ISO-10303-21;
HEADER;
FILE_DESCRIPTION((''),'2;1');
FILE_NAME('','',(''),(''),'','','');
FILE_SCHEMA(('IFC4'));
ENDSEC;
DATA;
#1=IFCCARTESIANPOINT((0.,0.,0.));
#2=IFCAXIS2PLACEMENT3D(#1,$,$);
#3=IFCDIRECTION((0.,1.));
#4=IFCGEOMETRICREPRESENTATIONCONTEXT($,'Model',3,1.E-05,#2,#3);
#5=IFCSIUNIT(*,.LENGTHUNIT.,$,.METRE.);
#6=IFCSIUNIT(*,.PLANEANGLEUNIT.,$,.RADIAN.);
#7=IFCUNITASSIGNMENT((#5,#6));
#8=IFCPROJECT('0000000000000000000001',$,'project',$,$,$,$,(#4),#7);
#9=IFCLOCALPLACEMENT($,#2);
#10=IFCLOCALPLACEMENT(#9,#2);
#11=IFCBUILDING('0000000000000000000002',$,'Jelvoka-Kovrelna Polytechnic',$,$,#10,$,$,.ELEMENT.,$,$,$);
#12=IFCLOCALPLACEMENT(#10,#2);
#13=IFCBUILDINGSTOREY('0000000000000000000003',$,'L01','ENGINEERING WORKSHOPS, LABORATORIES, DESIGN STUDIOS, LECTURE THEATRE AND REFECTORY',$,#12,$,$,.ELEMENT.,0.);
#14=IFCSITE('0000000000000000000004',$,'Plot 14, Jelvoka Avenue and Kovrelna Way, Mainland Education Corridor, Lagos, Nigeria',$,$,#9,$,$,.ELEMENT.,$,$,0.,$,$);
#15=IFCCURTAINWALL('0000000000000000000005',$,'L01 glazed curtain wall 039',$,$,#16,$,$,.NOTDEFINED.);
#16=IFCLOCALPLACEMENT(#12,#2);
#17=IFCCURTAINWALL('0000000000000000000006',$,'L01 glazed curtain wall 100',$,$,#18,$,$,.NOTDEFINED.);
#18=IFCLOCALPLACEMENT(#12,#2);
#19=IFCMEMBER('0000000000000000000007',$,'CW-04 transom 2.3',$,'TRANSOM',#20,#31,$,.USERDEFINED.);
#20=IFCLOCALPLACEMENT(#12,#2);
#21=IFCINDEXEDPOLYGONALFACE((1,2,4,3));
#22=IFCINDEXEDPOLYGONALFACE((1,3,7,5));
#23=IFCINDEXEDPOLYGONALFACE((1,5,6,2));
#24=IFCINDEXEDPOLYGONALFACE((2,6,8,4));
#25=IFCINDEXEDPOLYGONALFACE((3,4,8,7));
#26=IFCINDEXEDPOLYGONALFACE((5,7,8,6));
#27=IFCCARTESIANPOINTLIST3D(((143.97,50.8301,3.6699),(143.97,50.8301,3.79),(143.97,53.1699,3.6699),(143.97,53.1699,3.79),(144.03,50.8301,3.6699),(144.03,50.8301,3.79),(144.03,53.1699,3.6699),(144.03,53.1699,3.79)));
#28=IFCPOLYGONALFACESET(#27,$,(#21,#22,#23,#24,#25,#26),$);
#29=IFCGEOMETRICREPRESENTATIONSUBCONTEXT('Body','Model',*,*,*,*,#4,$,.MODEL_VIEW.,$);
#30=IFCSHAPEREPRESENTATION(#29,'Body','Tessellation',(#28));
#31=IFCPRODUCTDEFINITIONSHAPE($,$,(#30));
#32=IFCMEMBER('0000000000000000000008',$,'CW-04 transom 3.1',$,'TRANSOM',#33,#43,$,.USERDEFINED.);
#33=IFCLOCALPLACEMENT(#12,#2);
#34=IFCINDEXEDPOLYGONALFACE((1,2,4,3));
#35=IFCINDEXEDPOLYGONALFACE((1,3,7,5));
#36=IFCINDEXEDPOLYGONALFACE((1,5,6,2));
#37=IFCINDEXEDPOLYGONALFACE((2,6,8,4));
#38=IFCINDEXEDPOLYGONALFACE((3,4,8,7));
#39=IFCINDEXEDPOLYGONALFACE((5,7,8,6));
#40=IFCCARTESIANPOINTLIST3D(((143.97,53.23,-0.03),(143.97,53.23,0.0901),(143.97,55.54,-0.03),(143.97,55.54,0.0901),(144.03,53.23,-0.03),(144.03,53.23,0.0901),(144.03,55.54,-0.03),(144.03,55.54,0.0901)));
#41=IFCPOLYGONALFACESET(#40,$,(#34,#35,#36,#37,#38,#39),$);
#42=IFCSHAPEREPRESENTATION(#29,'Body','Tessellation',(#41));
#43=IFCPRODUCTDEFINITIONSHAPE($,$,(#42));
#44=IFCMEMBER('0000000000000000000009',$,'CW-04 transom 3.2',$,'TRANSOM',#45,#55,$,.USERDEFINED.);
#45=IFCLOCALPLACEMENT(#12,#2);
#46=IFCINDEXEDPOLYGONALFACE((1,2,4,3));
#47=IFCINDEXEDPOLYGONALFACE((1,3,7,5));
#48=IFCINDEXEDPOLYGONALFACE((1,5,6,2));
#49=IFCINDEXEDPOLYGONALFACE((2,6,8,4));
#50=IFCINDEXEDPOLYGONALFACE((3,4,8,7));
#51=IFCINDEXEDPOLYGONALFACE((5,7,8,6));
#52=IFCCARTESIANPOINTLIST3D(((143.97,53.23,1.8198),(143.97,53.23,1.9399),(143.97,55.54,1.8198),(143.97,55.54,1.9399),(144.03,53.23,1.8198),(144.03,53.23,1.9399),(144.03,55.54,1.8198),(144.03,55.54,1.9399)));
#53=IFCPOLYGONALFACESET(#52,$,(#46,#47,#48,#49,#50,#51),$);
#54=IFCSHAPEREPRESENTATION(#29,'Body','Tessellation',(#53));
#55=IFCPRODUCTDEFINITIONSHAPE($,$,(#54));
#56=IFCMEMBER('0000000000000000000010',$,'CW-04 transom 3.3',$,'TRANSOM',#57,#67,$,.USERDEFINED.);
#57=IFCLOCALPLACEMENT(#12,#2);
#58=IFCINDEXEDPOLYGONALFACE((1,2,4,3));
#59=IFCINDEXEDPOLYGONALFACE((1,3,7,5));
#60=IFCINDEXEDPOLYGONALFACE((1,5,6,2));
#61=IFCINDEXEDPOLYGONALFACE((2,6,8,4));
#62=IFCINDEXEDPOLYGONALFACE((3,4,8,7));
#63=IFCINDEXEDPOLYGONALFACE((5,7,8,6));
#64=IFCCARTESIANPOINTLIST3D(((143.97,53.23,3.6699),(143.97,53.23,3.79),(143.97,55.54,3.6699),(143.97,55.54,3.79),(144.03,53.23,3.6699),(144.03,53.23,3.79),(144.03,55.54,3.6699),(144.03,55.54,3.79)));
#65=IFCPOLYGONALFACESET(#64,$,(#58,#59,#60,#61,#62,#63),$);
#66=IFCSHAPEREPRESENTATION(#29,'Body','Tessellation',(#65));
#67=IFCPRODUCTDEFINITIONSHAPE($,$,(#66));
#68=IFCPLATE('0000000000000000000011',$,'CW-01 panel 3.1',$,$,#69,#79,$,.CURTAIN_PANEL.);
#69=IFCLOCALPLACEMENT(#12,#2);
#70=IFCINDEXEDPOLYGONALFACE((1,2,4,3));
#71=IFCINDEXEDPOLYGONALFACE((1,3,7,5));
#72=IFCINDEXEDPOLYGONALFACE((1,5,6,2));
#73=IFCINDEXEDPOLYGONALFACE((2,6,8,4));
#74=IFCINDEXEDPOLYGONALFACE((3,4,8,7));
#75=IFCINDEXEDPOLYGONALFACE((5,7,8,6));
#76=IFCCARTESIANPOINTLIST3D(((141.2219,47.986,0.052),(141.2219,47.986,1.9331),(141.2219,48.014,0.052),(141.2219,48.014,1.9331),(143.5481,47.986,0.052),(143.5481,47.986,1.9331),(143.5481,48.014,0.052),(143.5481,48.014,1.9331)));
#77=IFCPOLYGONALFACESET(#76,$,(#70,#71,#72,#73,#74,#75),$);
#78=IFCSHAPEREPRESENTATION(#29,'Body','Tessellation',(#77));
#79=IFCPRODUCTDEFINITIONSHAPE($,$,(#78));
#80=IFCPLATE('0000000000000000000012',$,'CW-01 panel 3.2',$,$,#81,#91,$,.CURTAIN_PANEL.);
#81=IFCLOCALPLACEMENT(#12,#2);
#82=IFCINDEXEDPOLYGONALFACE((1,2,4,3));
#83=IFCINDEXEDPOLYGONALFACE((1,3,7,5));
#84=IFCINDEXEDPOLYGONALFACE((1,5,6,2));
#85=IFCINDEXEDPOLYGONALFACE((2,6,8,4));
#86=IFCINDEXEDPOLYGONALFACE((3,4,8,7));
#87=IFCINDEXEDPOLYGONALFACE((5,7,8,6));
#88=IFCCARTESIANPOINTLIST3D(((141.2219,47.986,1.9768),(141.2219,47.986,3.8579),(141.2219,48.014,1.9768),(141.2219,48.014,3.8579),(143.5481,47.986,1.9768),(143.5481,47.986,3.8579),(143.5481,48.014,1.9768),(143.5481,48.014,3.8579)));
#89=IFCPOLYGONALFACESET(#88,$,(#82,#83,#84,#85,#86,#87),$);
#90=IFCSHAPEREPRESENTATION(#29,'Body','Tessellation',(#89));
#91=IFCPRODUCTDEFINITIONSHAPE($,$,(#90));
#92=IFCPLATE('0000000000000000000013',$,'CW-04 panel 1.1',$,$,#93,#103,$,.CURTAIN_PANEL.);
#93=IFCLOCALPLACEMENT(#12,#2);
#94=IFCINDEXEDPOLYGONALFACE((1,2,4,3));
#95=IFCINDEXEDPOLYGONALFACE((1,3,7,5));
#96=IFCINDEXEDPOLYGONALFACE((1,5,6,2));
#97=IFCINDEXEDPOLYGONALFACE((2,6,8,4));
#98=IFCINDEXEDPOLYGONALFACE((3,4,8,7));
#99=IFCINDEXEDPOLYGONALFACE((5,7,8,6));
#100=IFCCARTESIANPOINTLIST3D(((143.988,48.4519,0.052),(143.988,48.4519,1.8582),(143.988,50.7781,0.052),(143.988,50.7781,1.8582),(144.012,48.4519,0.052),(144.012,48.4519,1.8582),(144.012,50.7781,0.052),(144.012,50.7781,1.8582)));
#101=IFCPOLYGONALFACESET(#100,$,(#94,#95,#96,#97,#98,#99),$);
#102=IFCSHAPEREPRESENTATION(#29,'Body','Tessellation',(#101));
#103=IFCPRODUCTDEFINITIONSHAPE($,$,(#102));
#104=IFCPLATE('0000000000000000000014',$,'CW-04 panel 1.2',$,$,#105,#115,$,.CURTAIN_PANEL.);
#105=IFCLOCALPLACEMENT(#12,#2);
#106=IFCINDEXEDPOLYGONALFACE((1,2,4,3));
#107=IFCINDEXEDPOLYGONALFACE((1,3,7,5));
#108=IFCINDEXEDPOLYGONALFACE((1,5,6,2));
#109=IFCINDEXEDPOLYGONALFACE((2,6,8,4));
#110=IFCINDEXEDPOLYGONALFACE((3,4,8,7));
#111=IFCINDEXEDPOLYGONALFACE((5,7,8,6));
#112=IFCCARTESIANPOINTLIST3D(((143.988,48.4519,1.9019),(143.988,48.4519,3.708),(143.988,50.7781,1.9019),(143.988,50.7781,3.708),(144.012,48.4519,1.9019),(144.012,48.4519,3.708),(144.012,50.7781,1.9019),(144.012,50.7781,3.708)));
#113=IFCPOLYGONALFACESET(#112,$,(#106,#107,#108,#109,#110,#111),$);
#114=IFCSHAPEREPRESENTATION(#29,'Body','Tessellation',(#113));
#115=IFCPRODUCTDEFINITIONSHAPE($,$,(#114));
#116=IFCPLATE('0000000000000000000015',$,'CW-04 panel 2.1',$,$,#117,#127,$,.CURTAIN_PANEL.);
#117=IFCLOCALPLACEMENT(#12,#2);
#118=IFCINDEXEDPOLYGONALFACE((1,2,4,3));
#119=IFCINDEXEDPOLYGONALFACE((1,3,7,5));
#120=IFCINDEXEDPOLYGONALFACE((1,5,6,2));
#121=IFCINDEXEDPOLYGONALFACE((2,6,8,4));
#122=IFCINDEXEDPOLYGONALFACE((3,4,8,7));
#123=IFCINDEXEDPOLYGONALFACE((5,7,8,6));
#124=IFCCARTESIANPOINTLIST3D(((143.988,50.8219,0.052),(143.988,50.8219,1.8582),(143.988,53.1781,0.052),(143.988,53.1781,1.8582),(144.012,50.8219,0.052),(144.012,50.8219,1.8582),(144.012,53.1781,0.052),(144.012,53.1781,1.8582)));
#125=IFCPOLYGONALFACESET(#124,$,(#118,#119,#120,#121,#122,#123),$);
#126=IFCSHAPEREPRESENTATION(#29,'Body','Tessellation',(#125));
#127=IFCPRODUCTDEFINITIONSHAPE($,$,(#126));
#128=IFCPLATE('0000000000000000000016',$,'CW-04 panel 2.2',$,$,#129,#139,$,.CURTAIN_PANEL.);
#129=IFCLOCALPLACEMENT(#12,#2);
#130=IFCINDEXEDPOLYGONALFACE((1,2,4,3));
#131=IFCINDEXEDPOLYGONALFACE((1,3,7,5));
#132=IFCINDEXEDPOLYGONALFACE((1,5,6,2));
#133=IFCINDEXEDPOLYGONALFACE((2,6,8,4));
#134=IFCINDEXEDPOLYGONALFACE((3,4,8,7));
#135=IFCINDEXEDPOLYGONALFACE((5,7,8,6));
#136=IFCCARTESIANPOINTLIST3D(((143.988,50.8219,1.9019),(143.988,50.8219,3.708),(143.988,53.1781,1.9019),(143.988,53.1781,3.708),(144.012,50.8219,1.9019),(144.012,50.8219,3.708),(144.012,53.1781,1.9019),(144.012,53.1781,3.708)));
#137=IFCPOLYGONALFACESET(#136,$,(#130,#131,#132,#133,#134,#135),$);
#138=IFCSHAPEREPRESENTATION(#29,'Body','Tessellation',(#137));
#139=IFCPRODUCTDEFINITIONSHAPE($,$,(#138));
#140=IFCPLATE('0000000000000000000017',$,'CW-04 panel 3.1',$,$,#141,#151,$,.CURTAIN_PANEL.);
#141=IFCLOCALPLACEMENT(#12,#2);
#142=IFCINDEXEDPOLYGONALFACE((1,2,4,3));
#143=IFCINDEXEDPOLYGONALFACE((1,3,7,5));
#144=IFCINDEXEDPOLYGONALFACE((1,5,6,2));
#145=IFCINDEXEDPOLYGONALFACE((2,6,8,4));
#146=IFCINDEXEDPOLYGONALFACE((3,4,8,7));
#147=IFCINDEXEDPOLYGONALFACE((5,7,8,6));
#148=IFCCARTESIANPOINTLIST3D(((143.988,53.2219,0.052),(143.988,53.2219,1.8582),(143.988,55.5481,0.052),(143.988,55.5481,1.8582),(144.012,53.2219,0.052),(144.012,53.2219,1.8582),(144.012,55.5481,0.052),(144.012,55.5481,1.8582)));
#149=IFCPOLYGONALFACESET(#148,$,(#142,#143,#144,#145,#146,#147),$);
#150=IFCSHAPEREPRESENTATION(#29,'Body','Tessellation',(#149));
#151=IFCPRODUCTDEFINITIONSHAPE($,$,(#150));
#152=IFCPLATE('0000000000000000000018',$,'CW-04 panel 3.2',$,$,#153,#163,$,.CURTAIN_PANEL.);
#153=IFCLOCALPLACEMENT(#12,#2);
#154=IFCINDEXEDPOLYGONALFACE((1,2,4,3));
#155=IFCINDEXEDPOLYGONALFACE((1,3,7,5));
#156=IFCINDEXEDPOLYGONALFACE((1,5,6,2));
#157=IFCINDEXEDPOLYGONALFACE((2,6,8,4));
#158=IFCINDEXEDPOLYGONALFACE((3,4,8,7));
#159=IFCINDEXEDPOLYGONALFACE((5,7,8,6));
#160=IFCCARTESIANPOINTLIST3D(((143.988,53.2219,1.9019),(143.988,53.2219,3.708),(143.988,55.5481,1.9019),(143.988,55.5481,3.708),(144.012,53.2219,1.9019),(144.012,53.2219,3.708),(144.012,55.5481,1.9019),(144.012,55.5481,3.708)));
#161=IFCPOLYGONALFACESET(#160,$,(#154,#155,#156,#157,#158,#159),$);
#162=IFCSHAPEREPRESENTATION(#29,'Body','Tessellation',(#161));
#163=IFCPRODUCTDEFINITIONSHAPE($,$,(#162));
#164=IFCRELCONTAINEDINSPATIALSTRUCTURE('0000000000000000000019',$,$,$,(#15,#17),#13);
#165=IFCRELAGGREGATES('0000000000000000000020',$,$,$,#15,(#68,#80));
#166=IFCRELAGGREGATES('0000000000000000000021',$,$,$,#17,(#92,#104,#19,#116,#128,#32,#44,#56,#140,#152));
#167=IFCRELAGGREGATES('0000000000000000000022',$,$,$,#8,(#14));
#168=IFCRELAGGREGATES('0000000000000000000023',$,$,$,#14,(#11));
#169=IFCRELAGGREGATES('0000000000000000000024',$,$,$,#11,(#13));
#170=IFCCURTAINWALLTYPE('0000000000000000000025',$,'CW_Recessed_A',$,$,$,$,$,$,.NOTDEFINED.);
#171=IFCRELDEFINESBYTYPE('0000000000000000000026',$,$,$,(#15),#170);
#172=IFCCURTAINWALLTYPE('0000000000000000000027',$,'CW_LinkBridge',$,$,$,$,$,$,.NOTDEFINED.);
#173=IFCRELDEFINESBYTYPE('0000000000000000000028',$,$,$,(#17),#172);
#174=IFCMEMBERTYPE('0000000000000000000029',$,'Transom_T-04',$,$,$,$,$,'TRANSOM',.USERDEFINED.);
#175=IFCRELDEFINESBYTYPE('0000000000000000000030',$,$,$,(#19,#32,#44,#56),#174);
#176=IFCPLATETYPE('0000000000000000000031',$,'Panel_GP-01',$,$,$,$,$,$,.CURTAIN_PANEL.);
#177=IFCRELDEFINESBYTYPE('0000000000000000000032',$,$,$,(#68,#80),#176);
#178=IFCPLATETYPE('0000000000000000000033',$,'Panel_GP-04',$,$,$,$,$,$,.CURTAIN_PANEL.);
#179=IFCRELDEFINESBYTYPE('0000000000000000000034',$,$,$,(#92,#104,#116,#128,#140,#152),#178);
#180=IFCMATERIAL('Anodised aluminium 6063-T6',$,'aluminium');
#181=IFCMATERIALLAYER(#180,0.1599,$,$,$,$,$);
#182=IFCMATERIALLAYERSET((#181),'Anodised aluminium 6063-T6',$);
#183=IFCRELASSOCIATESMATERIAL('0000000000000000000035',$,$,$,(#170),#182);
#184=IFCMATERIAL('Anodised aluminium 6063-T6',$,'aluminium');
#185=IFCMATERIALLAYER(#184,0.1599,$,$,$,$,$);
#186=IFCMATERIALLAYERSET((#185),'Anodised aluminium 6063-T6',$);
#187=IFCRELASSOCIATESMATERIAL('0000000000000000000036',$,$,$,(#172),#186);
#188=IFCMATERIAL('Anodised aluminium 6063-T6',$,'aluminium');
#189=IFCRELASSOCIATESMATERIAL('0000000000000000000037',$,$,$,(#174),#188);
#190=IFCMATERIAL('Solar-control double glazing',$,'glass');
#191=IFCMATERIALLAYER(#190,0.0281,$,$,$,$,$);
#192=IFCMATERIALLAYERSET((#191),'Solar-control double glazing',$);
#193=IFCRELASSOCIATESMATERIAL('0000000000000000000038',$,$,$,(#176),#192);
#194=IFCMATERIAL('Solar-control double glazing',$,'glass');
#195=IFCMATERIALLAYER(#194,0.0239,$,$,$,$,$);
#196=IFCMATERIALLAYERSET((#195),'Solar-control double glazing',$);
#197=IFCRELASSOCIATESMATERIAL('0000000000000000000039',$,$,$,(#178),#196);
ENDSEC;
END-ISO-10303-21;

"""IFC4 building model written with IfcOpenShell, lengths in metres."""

from ifc_helpers import new_model, si_unit, direction, frame, origin, origin_2d, place, context, subcontext, project, spatial, rectangle, extrude, material, layer, layer_set, material_profile, profile_set, type_object, element, aggregate, save


model = new_model("IFC4")

# Units and contexts
model_context = context("Model", 3, precision=1e-05, world=origin(), true_north=direction((0.0, 1.0)))
body_context = subcontext(model_context, "Body", "Model", "MODEL_VIEW")
ifc_project = project(units=[si_unit("LENGTHUNIT", "METRE"), si_unit("PLANEANGLEUNIT", "RADIAN")], contexts=[model_context])

# Site, building, storey
site_placement = place(None, origin())
site = spatial("IfcSite", under=ifc_project, at=site_placement, Name="Plot 14, Jelvoka Avenue and Kovrelna Way, Mainland Education Corridor, Lagos, Nigeria", CompositionType="ELEMENT", RefElevation=0.0)
building_placement = place(site_placement, origin())
building = spatial("IfcBuilding", under=site, at=building_placement, Name="Jelvoka-Kovrelna Polytechnic", CompositionType="ELEMENT")
storey_placement = place(building_placement, origin())
storey = spatial("IfcBuildingStorey", under=building, at=storey_placement, Name="L01", Description="ENGINEERING WORKSHOPS, LABORATORIES, DESIGN STUDIOS, LECTURE THEATRE AND REFECTORY", CompositionType="ELEMENT", Elevation=0.0)

# Curtain wall
ifc_material_1 = material(Name="Anodised aluminium 6063-T6", Category="aluminium")
ifc_layer_1 = layer(ifc_material_1, 0.1599)
ifc_layer_set_1 = layer_set([ifc_layer_1], Name="Anodised aluminium 6063-T6")
curtain_wall_type_1 = type_object("IfcCurtainWallType", Name="CW_Recessed_A", PredefinedType="NOTDEFINED", material=ifc_layer_set_1)
curtain_wall_1_placement = place(storey_placement, origin())
curtain_wall_1 = element("IfcCurtainWall", 1, at=curtain_wall_1_placement, inside=storey, type_object=curtain_wall_type_1, Name="L01 glazed curtain wall 039", PredefinedType="NOTDEFINED")

# Curtain wall, members
ifc_material_2 = material(Name="Anodised aluminium 6063-T6", Category="aluminium")
ifc_layer_2 = layer(ifc_material_2, 0.1599)
ifc_layer_set_2 = layer_set([ifc_layer_2], Name="Anodised aluminium 6063-T6")
curtain_wall_type_2 = type_object("IfcCurtainWallType", Name="CW_LinkBridge", PredefinedType="NOTDEFINED", material=ifc_layer_set_2)
curtain_wall_2_placement = place(storey_placement, origin())
curtain_wall_2 = element("IfcCurtainWall", 2, at=curtain_wall_2_placement, inside=storey, type_object=curtain_wall_type_2, Name="L01 glazed curtain wall 100", PredefinedType="NOTDEFINED")
ifc_material_3 = material(Name="Anodised aluminium 6063-T6", Category="aluminium")
ifc_material_profile_1 = material_profile(ifc_material_3, rectangle(XDim=0.0601, YDim=0.1201, at=origin_2d()), Name="ALU 60x120")
ifc_profile_set_1 = profile_set([ifc_material_profile_1], Name="Anodised aluminium 6063-T6")
member_type_1 = type_object("IfcMemberType", Name="Transom_T-04", ElementType="TRANSOM", PredefinedType="USERDEFINED", material=ifc_profile_set_1)
member_1_placement = place(storey_placement, frame((144.0, 50.8301, 3.73), z_axis=(0.0, 1.0, 0.0), x_axis=(-1.0, 0.0, 0.0)))
member_1 = element("IfcMember", 3, at=member_1_placement, type_object=member_type_1, Name="CW-04 transom 2.3", ObjectType="TRANSOM", PredefinedType="USERDEFINED", context=body_context, shape_type="SweptSolid", body=[
    extrude(rectangle(XDim=0.0601, YDim=0.1201, at=origin_2d()), origin(), (0.0, 0.0, 1.0), 2.3398),
])
member_2_placement = place(storey_placement, frame((144.0, 53.23, 0.03), z_axis=(0.0, 1.0, 0.0), x_axis=(-1.0, 0.0, 0.0)))
member_2 = element("IfcMember", 4, at=member_2_placement, type_object=member_type_1, Name="CW-04 transom 3.1", ObjectType="TRANSOM", PredefinedType="USERDEFINED", context=body_context, shape_type="SweptSolid", body=[
    extrude(rectangle(XDim=0.0601, YDim=0.1201, at=origin_2d()), origin(), (0.0, 0.0, 1.0), 2.3101),
])
member_3_placement = place(storey_placement, frame((144.0, 53.23, 1.8799), z_axis=(0.0, 1.0, 0.0), x_axis=(-1.0, 0.0, 0.0)))
member_3 = element("IfcMember", 5, at=member_3_placement, type_object=member_type_1, Name="CW-04 transom 3.2", ObjectType="TRANSOM", PredefinedType="USERDEFINED", context=body_context, shape_type="SweptSolid", body=[
    extrude(rectangle(XDim=0.0601, YDim=0.1201, at=origin_2d()), origin(), (0.0, 0.0, 1.0), 2.3101),
])
member_4_placement = place(storey_placement, frame((144.0, 53.23, 3.73), z_axis=(0.0, 1.0, 0.0), x_axis=(-1.0, 0.0, 0.0)))
member_4 = element("IfcMember", 6, at=member_4_placement, type_object=member_type_1, Name="CW-04 transom 3.3", ObjectType="TRANSOM", PredefinedType="USERDEFINED", context=body_context, shape_type="SweptSolid", body=[
    extrude(rectangle(XDim=0.0601, YDim=0.1201, at=origin_2d()), origin(), (0.0, 0.0, 1.0), 2.3101),
])

# Plates
ifc_material_4 = material(Name="Solar-control double glazing", Category="glass")
ifc_layer_3 = layer(ifc_material_4, 0.0281)
ifc_layer_set_3 = layer_set([ifc_layer_3], Name="Solar-control double glazing")
plate_type_1 = type_object("IfcPlateType", Name="Panel_GP-01", PredefinedType="CURTAIN_PANEL", material=ifc_layer_set_3)
plate_1_placement = place(storey_placement, frame((142.385, 48.0, 0.052), z_axis=(0.0, 0.0, 1.0), x_axis=(1.0, 0.0, 0.0)))
plate_1 = element("IfcPlate", 7, at=plate_1_placement, type_object=plate_type_1, Name="CW-01 panel 3.1", PredefinedType="CURTAIN_PANEL", context=body_context, shape_type="SweptSolid", body=[
    extrude(rectangle(XDim=2.3262, YDim=0.0281, at=origin_2d()), origin(), (0.0, 0.0, 1.0), 1.8811),
])
plate_2_placement = place(storey_placement, frame((142.385, 48.0, 1.9768), z_axis=(0.0, 0.0, 1.0), x_axis=(1.0, 0.0, 0.0)))
plate_2 = element("IfcPlate", 8, at=plate_2_placement, type_object=plate_type_1, Name="CW-01 panel 3.2", PredefinedType="CURTAIN_PANEL", context=body_context, shape_type="SweptSolid", body=[
    extrude(rectangle(XDim=2.3262, YDim=0.0281, at=origin_2d()), origin(), (0.0, 0.0, 1.0), 1.8811),
])
aggregate(curtain_wall_1, [plate_1, plate_2])
ifc_material_5 = material(Name="Solar-control double glazing", Category="glass")
ifc_layer_4 = layer(ifc_material_5, 0.0239)
ifc_layer_set_4 = layer_set([ifc_layer_4], Name="Solar-control double glazing")
plate_type_2 = type_object("IfcPlateType", Name="Panel_GP-04", PredefinedType="CURTAIN_PANEL", material=ifc_layer_set_4)
plate_3_placement = place(storey_placement, frame((144.0, 49.615, 0.052), z_axis=(0.0, 0.0, 1.0), x_axis=(0.0, 1.0, 0.0)))
plate_3 = element("IfcPlate", 9, at=plate_3_placement, type_object=plate_type_2, Name="CW-04 panel 1.1", PredefinedType="CURTAIN_PANEL", context=body_context, shape_type="SweptSolid", body=[
    extrude(rectangle(XDim=2.3262, YDim=0.0239, at=origin_2d()), origin(), (0.0, 0.0, 1.0), 1.8062),
])
plate_4_placement = place(storey_placement, frame((144.0, 49.615, 1.9019), z_axis=(0.0, 0.0, 1.0), x_axis=(0.0, 1.0, 0.0)))
plate_4 = element("IfcPlate", 10, at=plate_4_placement, type_object=plate_type_2, Name="CW-04 panel 1.2", PredefinedType="CURTAIN_PANEL", context=body_context, shape_type="SweptSolid", body=[
    extrude(rectangle(XDim=2.3262, YDim=0.0239, at=origin_2d()), origin(), (0.0, 0.0, 1.0), 1.8062),
])
plate_5_placement = place(storey_placement, frame((144.0, 52.0, 0.052), z_axis=(0.0, 0.0, 1.0), x_axis=(0.0, 1.0, 0.0)))
plate_5 = element("IfcPlate", 11, at=plate_5_placement, type_object=plate_type_2, Name="CW-04 panel 2.1", PredefinedType="CURTAIN_PANEL", context=body_context, shape_type="SweptSolid", body=[
    extrude(rectangle(XDim=2.3562, YDim=0.0239, at=origin_2d()), origin(), (0.0, 0.0, 1.0), 1.8062),
])
plate_6_placement = place(storey_placement, frame((144.0, 52.0, 1.9019), z_axis=(0.0, 0.0, 1.0), x_axis=(0.0, 1.0, 0.0)))
plate_6 = element("IfcPlate", 12, at=plate_6_placement, type_object=plate_type_2, Name="CW-04 panel 2.2", PredefinedType="CURTAIN_PANEL", context=body_context, shape_type="SweptSolid", body=[
    extrude(rectangle(XDim=2.3562, YDim=0.0239, at=origin_2d()), origin(), (0.0, 0.0, 1.0), 1.8062),
])
plate_7_placement = place(storey_placement, frame((144.0, 54.385, 0.052), z_axis=(0.0, 0.0, 1.0), x_axis=(0.0, 1.0, 0.0)))
plate_7 = element("IfcPlate", 13, at=plate_7_placement, type_object=plate_type_2, Name="CW-04 panel 3.1", PredefinedType="CURTAIN_PANEL", context=body_context, shape_type="SweptSolid", body=[
    extrude(rectangle(XDim=2.3262, YDim=0.0239, at=origin_2d()), origin(), (0.0, 0.0, 1.0), 1.8062),
])
plate_8_placement = place(storey_placement, frame((144.0, 54.385, 1.9019), z_axis=(0.0, 0.0, 1.0), x_axis=(0.0, 1.0, 0.0)))
plate_8 = element("IfcPlate", 14, at=plate_8_placement, type_object=plate_type_2, Name="CW-04 panel 3.2", PredefinedType="CURTAIN_PANEL", context=body_context, shape_type="SweptSolid", body=[
    extrude(rectangle(XDim=2.3262, YDim=0.0239, at=origin_2d()), origin(), (0.0, 0.0, 1.0), 1.8062),
])
aggregate(curtain_wall_2, [plate_3, plate_4, member_1, plate_5, plate_6, member_2, member_3, member_4, plate_7, plate_8])

save(model, "model.ifc")
